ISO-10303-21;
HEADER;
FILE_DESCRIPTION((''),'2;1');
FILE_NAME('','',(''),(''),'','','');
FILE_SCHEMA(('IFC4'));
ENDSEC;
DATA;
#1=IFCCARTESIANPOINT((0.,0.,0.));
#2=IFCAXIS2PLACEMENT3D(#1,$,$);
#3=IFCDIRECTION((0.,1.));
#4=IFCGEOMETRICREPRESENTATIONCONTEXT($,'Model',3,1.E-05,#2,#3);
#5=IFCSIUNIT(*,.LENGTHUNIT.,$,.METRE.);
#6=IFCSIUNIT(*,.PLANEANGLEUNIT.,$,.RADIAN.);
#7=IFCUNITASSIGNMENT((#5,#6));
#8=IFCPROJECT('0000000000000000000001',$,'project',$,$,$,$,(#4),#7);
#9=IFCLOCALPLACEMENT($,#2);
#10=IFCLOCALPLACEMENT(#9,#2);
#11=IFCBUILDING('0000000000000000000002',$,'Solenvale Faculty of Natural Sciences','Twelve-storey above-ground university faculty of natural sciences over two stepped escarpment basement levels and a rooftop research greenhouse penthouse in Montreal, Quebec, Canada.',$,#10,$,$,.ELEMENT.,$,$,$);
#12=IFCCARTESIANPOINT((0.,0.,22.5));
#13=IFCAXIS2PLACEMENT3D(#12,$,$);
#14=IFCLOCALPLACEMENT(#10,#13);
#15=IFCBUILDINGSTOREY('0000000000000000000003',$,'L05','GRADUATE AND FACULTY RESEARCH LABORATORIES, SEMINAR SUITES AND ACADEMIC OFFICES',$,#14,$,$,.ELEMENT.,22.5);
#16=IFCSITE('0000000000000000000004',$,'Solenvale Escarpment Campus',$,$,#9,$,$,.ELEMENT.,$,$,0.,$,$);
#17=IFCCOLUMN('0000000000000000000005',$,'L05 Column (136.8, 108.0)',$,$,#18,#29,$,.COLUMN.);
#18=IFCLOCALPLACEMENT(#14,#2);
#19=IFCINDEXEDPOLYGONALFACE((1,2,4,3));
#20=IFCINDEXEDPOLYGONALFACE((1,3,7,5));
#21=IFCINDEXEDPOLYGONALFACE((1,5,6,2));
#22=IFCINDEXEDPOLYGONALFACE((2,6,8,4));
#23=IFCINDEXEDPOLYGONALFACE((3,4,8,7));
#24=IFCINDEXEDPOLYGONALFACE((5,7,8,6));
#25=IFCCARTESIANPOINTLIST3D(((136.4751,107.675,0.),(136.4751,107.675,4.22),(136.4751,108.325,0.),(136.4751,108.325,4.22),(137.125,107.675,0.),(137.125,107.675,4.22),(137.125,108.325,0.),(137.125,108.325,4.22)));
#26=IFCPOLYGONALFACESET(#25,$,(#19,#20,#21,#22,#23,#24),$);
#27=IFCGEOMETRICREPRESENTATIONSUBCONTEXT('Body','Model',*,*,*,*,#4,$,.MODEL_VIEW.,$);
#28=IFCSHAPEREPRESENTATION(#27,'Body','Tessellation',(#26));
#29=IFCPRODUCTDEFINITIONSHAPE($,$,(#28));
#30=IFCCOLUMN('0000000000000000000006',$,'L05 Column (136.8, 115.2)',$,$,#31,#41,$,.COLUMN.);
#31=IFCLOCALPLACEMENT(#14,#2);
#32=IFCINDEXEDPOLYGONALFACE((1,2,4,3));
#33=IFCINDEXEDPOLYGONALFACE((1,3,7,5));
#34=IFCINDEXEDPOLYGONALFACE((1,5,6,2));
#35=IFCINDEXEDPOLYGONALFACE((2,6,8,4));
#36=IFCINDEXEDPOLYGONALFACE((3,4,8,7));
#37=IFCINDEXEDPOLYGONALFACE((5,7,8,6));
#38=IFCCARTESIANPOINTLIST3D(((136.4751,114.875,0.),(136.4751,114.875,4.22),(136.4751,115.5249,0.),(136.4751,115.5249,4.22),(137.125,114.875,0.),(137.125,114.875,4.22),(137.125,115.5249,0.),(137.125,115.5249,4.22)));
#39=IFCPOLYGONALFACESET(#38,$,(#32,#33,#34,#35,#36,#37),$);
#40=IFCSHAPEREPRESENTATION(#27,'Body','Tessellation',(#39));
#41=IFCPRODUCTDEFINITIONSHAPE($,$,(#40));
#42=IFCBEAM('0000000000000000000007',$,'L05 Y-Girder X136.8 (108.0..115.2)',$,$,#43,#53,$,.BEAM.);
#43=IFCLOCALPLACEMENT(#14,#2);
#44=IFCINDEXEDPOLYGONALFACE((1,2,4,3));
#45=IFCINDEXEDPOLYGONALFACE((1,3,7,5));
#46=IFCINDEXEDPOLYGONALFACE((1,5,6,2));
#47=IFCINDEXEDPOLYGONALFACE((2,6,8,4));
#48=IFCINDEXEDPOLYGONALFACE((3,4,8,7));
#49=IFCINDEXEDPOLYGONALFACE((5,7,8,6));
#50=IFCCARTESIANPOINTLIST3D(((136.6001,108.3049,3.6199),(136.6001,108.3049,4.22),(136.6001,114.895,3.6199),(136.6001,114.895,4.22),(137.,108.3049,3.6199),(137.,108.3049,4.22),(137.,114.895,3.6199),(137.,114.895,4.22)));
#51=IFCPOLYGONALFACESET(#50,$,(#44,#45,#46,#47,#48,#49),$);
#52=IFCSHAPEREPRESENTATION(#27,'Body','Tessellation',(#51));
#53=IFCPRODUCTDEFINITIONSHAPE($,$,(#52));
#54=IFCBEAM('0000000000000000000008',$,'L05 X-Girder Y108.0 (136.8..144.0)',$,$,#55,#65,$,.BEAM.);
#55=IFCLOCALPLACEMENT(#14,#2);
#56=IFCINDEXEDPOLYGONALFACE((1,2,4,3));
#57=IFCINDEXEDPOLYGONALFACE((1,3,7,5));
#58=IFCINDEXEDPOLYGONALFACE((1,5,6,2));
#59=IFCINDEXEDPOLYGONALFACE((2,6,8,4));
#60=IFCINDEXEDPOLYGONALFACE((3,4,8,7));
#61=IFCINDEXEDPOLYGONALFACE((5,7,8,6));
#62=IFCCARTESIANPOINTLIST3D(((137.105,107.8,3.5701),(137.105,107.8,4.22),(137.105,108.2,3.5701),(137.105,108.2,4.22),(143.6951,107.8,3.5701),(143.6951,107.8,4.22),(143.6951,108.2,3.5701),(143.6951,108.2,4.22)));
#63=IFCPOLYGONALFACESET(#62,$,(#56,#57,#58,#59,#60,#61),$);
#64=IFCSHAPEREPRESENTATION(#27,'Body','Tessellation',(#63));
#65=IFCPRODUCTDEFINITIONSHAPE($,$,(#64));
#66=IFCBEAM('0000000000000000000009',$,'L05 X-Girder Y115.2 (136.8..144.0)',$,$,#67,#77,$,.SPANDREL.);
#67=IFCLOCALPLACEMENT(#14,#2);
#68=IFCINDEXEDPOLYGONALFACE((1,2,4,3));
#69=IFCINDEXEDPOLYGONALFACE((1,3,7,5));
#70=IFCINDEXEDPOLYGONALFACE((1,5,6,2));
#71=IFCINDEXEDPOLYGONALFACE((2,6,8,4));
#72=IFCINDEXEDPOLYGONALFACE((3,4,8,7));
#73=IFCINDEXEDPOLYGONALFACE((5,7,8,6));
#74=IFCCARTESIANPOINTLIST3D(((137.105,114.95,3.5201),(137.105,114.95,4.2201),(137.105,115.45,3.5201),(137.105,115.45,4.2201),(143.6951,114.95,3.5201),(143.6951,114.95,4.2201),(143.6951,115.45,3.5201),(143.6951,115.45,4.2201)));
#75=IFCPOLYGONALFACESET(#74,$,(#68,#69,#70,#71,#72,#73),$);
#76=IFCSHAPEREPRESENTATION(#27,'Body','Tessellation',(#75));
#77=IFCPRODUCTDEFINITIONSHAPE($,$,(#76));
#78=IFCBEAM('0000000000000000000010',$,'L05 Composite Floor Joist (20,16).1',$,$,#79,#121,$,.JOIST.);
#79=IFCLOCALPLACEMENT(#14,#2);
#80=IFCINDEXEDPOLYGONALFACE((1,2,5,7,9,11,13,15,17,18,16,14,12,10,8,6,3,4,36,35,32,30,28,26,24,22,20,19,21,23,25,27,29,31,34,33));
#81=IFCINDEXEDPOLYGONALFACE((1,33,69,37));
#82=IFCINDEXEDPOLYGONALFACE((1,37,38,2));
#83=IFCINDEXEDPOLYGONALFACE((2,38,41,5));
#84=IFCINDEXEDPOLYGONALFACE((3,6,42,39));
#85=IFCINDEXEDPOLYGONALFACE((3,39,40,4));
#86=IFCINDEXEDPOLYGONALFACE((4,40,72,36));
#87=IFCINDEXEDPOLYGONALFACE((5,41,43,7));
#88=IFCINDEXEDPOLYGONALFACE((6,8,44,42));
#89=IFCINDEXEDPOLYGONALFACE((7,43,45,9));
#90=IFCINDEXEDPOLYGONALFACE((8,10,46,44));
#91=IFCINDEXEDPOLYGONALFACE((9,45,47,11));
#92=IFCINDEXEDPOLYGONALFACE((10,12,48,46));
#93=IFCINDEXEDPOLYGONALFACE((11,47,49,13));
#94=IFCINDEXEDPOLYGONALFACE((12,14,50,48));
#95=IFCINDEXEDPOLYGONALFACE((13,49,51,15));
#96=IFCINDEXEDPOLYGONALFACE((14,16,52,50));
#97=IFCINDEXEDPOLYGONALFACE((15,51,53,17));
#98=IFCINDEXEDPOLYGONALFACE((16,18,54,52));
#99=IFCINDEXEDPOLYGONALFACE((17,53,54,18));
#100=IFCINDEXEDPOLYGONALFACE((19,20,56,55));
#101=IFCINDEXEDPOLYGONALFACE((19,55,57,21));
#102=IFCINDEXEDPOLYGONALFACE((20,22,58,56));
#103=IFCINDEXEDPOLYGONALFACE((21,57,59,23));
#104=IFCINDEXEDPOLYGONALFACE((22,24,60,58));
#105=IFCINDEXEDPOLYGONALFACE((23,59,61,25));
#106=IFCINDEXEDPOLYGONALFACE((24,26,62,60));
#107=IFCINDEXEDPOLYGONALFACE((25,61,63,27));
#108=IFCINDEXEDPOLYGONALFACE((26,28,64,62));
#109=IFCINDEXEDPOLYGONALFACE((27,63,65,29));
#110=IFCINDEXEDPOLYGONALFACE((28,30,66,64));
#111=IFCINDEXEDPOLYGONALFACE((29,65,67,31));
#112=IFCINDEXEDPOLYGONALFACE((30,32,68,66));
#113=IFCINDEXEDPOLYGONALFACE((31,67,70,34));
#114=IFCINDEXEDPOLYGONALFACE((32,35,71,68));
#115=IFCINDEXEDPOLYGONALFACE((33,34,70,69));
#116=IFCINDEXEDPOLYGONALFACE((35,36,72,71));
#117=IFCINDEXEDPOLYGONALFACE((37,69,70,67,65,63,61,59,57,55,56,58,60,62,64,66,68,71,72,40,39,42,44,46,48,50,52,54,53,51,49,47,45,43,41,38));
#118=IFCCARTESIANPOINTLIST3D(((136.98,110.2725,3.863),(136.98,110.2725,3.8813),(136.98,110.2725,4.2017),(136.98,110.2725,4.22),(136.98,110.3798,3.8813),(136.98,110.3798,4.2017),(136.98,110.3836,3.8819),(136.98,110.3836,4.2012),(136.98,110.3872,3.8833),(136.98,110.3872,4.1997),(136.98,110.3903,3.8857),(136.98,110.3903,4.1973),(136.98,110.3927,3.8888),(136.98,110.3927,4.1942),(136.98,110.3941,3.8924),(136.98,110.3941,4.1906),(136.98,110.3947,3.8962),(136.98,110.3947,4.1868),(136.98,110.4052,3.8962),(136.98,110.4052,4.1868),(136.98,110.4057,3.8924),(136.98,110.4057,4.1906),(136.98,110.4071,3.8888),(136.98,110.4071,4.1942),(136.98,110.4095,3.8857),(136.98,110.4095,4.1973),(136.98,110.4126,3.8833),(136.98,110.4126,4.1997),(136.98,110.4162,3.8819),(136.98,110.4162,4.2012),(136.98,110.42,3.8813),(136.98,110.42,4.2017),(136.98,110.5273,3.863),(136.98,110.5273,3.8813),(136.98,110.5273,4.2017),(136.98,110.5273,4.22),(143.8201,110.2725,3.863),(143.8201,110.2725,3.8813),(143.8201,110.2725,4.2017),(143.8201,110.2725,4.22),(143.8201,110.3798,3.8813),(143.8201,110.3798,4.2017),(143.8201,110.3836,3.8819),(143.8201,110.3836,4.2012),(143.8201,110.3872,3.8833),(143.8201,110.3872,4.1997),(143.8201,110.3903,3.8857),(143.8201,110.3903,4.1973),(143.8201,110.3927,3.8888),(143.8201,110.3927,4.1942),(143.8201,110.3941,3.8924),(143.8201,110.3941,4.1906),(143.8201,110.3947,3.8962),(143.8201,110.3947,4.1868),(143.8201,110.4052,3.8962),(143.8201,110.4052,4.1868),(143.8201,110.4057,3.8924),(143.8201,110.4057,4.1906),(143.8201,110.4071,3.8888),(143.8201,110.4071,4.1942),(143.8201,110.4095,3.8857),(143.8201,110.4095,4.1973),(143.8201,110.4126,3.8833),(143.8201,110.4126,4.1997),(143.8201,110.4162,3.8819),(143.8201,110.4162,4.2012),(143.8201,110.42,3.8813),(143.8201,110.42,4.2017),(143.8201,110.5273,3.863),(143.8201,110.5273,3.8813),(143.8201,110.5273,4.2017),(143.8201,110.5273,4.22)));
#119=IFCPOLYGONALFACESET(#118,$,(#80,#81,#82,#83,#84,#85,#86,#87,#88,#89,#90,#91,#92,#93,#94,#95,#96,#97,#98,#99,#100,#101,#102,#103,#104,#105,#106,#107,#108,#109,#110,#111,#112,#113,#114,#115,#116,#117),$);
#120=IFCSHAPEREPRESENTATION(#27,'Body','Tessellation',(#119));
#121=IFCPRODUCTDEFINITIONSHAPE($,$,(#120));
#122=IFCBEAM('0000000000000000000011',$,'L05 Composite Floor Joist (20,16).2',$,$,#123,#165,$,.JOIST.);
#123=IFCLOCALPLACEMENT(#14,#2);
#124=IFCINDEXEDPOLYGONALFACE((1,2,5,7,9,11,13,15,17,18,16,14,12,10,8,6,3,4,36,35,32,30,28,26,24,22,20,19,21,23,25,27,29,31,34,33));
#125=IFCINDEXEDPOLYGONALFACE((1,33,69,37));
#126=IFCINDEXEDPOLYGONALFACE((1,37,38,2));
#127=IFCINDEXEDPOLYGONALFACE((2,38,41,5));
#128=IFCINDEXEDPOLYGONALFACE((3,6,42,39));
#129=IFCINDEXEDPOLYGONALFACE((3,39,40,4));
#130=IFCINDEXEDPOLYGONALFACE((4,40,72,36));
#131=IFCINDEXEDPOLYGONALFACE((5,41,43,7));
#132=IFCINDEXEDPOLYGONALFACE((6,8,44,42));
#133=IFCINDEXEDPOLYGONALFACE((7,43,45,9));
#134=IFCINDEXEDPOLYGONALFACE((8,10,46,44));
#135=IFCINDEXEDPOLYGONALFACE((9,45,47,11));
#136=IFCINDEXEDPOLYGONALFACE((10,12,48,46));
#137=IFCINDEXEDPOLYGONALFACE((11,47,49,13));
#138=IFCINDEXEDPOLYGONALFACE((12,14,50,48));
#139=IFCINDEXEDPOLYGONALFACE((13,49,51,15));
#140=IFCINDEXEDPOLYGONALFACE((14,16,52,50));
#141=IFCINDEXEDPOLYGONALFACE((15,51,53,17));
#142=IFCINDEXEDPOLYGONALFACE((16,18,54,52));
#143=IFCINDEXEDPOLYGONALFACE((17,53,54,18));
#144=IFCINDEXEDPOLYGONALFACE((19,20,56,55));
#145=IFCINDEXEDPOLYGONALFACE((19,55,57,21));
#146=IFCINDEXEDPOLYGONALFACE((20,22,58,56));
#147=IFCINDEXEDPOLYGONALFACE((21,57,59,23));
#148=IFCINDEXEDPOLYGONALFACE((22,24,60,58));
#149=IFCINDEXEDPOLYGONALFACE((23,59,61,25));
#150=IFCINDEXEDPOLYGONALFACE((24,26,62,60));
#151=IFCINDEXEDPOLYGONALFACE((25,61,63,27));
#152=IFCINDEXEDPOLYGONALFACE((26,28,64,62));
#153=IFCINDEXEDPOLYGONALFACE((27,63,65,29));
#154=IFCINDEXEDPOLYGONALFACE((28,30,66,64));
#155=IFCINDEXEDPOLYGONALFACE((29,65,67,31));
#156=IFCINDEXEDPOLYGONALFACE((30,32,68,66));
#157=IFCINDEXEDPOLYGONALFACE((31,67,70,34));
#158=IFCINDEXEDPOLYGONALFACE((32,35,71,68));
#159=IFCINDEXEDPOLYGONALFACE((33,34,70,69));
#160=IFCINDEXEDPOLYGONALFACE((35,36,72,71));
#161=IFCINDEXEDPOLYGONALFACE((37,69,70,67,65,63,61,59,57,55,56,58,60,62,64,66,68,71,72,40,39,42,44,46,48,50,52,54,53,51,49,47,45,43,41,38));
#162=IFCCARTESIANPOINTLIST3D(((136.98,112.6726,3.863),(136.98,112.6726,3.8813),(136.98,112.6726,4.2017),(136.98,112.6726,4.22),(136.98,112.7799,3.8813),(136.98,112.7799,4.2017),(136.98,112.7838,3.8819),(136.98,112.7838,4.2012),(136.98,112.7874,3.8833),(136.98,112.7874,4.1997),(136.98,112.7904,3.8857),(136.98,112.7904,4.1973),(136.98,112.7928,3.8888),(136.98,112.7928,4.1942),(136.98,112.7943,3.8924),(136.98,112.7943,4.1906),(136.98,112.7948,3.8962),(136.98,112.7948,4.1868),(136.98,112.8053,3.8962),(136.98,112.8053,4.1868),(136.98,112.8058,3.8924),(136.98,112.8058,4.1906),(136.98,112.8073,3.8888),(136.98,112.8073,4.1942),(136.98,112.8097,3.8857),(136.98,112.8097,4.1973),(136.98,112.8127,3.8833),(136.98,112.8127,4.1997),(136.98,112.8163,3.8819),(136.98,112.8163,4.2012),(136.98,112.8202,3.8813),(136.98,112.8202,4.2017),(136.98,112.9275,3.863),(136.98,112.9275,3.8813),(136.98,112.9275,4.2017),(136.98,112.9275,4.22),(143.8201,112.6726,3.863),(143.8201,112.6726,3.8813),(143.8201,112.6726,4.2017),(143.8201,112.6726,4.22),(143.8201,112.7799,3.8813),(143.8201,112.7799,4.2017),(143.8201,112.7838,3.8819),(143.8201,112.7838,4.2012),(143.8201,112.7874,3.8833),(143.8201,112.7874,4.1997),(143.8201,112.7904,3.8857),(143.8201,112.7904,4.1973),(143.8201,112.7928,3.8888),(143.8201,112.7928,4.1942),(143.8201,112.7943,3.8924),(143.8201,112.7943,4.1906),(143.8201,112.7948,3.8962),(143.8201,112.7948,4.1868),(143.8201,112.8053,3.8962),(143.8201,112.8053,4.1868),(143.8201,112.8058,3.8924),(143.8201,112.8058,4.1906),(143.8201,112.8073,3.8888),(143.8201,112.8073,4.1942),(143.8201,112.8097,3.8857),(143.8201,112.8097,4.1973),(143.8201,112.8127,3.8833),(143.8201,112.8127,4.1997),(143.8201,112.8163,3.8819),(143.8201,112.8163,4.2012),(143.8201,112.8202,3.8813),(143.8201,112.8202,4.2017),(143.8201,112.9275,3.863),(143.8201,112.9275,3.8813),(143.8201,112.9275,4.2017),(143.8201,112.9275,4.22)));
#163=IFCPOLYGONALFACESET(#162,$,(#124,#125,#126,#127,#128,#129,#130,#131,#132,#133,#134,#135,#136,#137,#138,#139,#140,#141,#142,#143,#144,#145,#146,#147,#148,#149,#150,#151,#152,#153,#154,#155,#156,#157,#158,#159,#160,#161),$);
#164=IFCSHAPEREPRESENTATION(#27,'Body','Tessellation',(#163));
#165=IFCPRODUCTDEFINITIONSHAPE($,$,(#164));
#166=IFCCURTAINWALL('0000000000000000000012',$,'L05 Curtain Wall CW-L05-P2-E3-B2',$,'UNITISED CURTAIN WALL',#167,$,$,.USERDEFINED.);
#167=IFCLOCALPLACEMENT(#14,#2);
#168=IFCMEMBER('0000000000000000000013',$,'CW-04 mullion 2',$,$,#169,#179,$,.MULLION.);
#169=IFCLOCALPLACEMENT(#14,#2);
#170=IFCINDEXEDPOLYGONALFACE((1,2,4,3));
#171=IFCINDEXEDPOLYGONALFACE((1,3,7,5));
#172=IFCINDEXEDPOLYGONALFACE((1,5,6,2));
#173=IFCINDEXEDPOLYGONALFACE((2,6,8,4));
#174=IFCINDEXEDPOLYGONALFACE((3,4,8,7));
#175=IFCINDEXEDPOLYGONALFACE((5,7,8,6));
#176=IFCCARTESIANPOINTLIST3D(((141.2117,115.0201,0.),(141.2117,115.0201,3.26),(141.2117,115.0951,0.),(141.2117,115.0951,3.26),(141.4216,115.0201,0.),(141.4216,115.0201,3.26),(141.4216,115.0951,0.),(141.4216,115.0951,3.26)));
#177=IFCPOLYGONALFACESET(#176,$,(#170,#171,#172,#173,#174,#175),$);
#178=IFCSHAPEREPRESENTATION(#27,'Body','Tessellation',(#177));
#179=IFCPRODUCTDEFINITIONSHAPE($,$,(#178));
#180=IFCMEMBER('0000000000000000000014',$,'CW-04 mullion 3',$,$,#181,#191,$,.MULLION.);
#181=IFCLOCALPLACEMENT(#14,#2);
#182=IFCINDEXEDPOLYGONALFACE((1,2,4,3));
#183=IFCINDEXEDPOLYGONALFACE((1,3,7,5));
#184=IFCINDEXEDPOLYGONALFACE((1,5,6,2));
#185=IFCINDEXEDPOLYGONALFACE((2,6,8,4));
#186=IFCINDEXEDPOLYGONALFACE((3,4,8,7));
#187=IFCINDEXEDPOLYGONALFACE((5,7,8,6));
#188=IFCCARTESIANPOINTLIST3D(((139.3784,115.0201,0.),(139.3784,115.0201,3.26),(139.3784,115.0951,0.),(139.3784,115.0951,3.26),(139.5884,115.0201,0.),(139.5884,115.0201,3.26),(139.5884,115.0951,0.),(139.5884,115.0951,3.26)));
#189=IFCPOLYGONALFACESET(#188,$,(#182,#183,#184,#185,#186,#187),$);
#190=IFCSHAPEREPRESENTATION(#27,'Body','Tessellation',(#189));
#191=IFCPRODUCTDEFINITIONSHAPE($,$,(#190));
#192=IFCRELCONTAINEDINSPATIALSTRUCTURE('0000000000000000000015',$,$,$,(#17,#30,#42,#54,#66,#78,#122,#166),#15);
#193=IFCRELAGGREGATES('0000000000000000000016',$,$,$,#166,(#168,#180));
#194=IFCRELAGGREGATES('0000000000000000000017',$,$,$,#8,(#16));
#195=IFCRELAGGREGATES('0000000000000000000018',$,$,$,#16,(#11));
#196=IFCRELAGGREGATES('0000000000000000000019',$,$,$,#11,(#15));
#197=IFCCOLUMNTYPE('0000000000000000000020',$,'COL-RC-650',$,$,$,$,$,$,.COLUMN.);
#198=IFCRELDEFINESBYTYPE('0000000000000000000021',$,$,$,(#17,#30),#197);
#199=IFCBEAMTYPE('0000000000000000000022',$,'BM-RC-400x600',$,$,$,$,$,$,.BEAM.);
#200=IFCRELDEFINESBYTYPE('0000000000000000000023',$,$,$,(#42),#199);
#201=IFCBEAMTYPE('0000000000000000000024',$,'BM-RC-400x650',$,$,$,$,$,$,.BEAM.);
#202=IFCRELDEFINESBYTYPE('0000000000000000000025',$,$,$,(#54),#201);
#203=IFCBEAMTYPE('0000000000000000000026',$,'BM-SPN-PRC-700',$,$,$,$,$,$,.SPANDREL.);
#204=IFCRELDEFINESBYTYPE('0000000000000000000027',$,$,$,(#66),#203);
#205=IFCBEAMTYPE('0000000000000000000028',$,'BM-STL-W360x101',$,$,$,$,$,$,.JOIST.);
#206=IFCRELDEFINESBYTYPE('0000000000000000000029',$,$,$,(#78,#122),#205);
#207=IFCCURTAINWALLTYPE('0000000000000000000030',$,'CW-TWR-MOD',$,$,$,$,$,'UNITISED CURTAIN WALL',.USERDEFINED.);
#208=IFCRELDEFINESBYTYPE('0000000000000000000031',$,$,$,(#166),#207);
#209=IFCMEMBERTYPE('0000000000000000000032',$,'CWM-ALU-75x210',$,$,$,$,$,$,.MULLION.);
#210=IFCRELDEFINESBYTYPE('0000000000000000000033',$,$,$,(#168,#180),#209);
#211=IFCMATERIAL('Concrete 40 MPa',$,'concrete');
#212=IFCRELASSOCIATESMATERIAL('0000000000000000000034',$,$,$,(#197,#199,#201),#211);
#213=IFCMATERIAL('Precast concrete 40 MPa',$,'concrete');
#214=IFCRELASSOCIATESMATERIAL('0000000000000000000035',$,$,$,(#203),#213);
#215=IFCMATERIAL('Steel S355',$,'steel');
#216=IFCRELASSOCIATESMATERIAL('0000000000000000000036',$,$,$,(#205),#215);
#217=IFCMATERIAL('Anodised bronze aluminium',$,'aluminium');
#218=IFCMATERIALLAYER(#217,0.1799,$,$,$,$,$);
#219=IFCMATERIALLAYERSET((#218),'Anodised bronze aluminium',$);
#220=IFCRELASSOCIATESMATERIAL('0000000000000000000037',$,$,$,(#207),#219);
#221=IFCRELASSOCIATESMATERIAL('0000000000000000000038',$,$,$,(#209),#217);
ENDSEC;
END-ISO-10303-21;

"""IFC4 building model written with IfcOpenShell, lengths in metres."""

from ifc_helpers import new_model, si_unit, direction, frame, origin, origin_2d, place, context, subcontext, project, spatial, rectangle, i_section, extrude, material, layer, layer_set, material_profile, profile_set, type_object, element, aggregate, save


model = new_model("IFC4")

# Units and contexts
model_context = context("Model", 3, precision=1e-05, world=origin(), true_north=direction((0.0, 1.0)))
body_context = subcontext(model_context, "Body", "Model", "MODEL_VIEW")
ifc_project = project(units=[si_unit("LENGTHUNIT", "METRE"), si_unit("PLANEANGLEUNIT", "RADIAN")], contexts=[model_context])

# Site, building, storey
site_placement = place(None, origin())
site = spatial("IfcSite", under=ifc_project, at=site_placement, Name="Solenvale Escarpment Campus", CompositionType="ELEMENT", RefElevation=0.0)
building_placement = place(site_placement, origin())
building = spatial("IfcBuilding", under=site, at=building_placement, Name="Solenvale Faculty of Natural Sciences", Description="Twelve-storey above-ground university faculty of natural sciences over two stepped escarpment basement levels and a rooftop research greenhouse penthouse in Montreal, Quebec, Canada.", CompositionType="ELEMENT")
storey_placement = place(building_placement, frame((0.0, 0.0, 22.5)))
storey = spatial("IfcBuildingStorey", under=building, at=storey_placement, Name="L05", Description="GRADUATE AND FACULTY RESEARCH LABORATORIES, SEMINAR SUITES AND ACADEMIC OFFICES", CompositionType="ELEMENT", Elevation=22.5)

# Columns
ifc_material_1 = material(Name="Concrete 40 MPa", Category="concrete")
ifc_material_profile_1 = material_profile(ifc_material_1, rectangle(XDim=0.6499, YDim=0.6499, at=origin_2d()), Name="RC-COL-650x650")
ifc_profile_set_1 = profile_set([ifc_material_profile_1], Name="Concrete 40 MPa")
column_type = type_object("IfcColumnType", Name="COL-RC-650", PredefinedType="COLUMN", material=ifc_profile_set_1)
for number, where, z_axis, x_axis, name in (
    (1, (136.8, 108.0, 0.0), (0.0, 0.0, 1.0), (1.0, 0.0, 0.0), "L05 Column (136.8, 108.0)"),
    (2, (136.8, 115.2, 0.0), (0.0, 0.0, 1.0), (1.0, 0.0, 0.0), "L05 Column (136.8, 115.2)"),
):
    element("IfcColumn", number, at=place(storey_placement, frame(where, z_axis=z_axis, x_axis=x_axis)), inside=storey, type_object=column_type, Name=name, PredefinedType="COLUMN", context=body_context, shape_type="SweptSolid", body=[
        extrude(rectangle(XDim=0.6499, YDim=0.6499, at=origin_2d()), origin(), (0.0, 0.0, 1.0), 4.22),
    ])

# Beams
ifc_material_profile_2 = material_profile(ifc_material_1, rectangle(XDim=0.3999, YDim=0.6001, at=origin_2d()), Name="RC-BM-400x600")
ifc_profile_set_2 = profile_set([ifc_material_profile_2], Name="Concrete 40 MPa")
beam_type_1 = type_object("IfcBeamType", Name="BM-RC-400x600", PredefinedType="BEAM", material=ifc_profile_set_2)
beam_1_placement = place(storey_placement, frame((136.8, 108.3049, 3.9199), z_axis=(0.0, 1.0, 0.0), x_axis=(-1.0, 0.0, 0.0)))
element("IfcBeam", 3, at=beam_1_placement, inside=storey, type_object=beam_type_1, Name="L05 Y-Girder X136.8 (108.0..115.2)", PredefinedType="BEAM", context=body_context, shape_type="SweptSolid", body=[
    extrude(rectangle(XDim=0.3999, YDim=0.6001, at=origin_2d()), origin(), (0.0, 0.0, 1.0), 6.5901),
])
ifc_material_profile_3 = material_profile(ifc_material_1, rectangle(XDim=0.3999, YDim=0.6499, at=origin_2d()), Name="RC-BM-400x650")
ifc_profile_set_3 = profile_set([ifc_material_profile_3], Name="Concrete 40 MPa")
beam_type_2 = type_object("IfcBeamType", Name="BM-RC-400x650", PredefinedType="BEAM", material=ifc_profile_set_3)
beam_2_placement = place(storey_placement, frame((137.105, 108.0, 3.895), z_axis=(1.0, 0.0, 0.0), x_axis=(0.0, 1.0, 0.0)))
element("IfcBeam", 4, at=beam_2_placement, inside=storey, type_object=beam_type_2, Name="L05 X-Girder Y108.0 (136.8..144.0)", PredefinedType="BEAM", context=body_context, shape_type="SweptSolid", body=[
    extrude(rectangle(XDim=0.3999, YDim=0.6499, at=origin_2d()), origin(), (0.0, 0.0, 1.0), 6.5901),
])
ifc_material_2 = material(Name="Precast concrete 40 MPa", Category="concrete")
ifc_material_profile_4 = material_profile(ifc_material_2, rectangle(XDim=0.5, YDim=0.7, at=origin_2d()), Name="RC-BM-500x700")
ifc_profile_set_4 = profile_set([ifc_material_profile_4], Name="Precast concrete 40 MPa")
beam_type_3 = type_object("IfcBeamType", Name="BM-SPN-PRC-700", PredefinedType="SPANDREL", material=ifc_profile_set_4)
beam_3_placement = place(storey_placement, frame((137.105, 115.2, 3.8701), z_axis=(1.0, 0.0, 0.0), x_axis=(0.0, 1.0, 0.0)))
element("IfcBeam", 5, at=beam_3_placement, inside=storey, type_object=beam_type_3, Name="L05 X-Girder Y115.2 (136.8..144.0)", PredefinedType="SPANDREL", context=body_context, shape_type="SweptSolid", body=[
    extrude(rectangle(XDim=0.5, YDim=0.7, at=origin_2d()), origin(), (0.0, 0.0, 1.0), 6.5901),
])
ifc_material_3 = material(Name="Steel S355", Category="steel")
ifc_material_profile_5 = material_profile(ifc_material_3, i_section(OverallWidth=0.2549, OverallDepth=0.3569, WebThickness=0.0105, FlangeThickness=0.0183, FilletRadius=0.0149, at=origin_2d()), Name="W360x101")
ifc_profile_set_5 = profile_set([ifc_material_profile_5], Name="Steel S355")
beam_type_4 = type_object("IfcBeamType", Name="BM-STL-W360x101", PredefinedType="JOIST", material=ifc_profile_set_5)
for number, where, z_axis, x_axis, name in (
    (6, (136.98, 110.3999, 4.0415), (1.0, 0.0, 0.0), (0.0, 1.0, 0.0), "L05 Composite Floor Joist (20,16).1"),
    (7, (136.98, 112.8, 4.0415), (1.0, 0.0, 0.0), (0.0, 1.0, 0.0), "L05 Composite Floor Joist (20,16).2"),
):
    element("IfcBeam", number, at=place(storey_placement, frame(where, z_axis=z_axis, x_axis=x_axis)), inside=storey, type_object=beam_type_4, Name=name, PredefinedType="JOIST", context=body_context, shape_type="SweptSolid", body=[
        extrude(i_section(OverallWidth=0.2549, OverallDepth=0.3569, WebThickness=0.0105, FlangeThickness=0.0183, FilletRadius=0.0149, at=origin_2d()), origin(), (0.0, 0.0, 1.0), 6.8401),
    ])

# Curtain wall, members
ifc_material_4 = material(Name="Anodised bronze aluminium", Category="aluminium")
ifc_layer_1 = layer(ifc_material_4, 0.1799)
ifc_layer_set_1 = layer_set([ifc_layer_1], Name="Anodised bronze aluminium")
curtain_wall_type = type_object("IfcCurtainWallType", Name="CW-TWR-MOD", ElementType="UNITISED CURTAIN WALL", PredefinedType="USERDEFINED", material=ifc_layer_set_1)
curtain_wall_1_placement = place(storey_placement, origin())
curtain_wall_1 = element("IfcCurtainWall", 8, at=curtain_wall_1_placement, inside=storey, type_object=curtain_wall_type, Name="L05 Curtain Wall CW-L05-P2-E3-B2", ObjectType="UNITISED CURTAIN WALL", PredefinedType="USERDEFINED")
ifc_material_profile_6 = material_profile(ifc_material_4, rectangle(XDim=0.075, YDim=0.21, at=origin_2d()), Name="ALU-MUL-75x210")
ifc_profile_set_6 = profile_set([ifc_material_profile_6], Name="Anodised bronze aluminium")
member_type_1 = type_object("IfcMemberType", Name="CWM-ALU-75x210", PredefinedType="MULLION", material=ifc_profile_set_6)
member_1_placement = place(storey_placement, frame((141.3167, 115.0576, 0.0), z_axis=(0.0, 0.0, 1.0), x_axis=(0.0, -1.0, 0.0)))
member_1 = element("IfcMember", 9, at=member_1_placement, type_object=member_type_1, Name="CW-04 mullion 2", PredefinedType="MULLION", context=body_context, shape_type="SweptSolid", body=[
    extrude(rectangle(XDim=0.075, YDim=0.21, at=origin_2d()), origin(), (0.0, 0.0, 1.0), 3.26),
])
member_2_placement = place(storey_placement, frame((139.4834, 115.0576, 0.0), z_axis=(0.0, 0.0, 1.0), x_axis=(0.0, -1.0, 0.0)))
member_2 = element("IfcMember", 10, at=member_2_placement, type_object=member_type_1, Name="CW-04 mullion 3", PredefinedType="MULLION", context=body_context, shape_type="SweptSolid", body=[
    extrude(rectangle(XDim=0.075, YDim=0.21, at=origin_2d()), origin(), (0.0, 0.0, 1.0), 3.26),
])

aggregate(curtain_wall_1, [member_1, member_2])

save(model, "model.ifc")
